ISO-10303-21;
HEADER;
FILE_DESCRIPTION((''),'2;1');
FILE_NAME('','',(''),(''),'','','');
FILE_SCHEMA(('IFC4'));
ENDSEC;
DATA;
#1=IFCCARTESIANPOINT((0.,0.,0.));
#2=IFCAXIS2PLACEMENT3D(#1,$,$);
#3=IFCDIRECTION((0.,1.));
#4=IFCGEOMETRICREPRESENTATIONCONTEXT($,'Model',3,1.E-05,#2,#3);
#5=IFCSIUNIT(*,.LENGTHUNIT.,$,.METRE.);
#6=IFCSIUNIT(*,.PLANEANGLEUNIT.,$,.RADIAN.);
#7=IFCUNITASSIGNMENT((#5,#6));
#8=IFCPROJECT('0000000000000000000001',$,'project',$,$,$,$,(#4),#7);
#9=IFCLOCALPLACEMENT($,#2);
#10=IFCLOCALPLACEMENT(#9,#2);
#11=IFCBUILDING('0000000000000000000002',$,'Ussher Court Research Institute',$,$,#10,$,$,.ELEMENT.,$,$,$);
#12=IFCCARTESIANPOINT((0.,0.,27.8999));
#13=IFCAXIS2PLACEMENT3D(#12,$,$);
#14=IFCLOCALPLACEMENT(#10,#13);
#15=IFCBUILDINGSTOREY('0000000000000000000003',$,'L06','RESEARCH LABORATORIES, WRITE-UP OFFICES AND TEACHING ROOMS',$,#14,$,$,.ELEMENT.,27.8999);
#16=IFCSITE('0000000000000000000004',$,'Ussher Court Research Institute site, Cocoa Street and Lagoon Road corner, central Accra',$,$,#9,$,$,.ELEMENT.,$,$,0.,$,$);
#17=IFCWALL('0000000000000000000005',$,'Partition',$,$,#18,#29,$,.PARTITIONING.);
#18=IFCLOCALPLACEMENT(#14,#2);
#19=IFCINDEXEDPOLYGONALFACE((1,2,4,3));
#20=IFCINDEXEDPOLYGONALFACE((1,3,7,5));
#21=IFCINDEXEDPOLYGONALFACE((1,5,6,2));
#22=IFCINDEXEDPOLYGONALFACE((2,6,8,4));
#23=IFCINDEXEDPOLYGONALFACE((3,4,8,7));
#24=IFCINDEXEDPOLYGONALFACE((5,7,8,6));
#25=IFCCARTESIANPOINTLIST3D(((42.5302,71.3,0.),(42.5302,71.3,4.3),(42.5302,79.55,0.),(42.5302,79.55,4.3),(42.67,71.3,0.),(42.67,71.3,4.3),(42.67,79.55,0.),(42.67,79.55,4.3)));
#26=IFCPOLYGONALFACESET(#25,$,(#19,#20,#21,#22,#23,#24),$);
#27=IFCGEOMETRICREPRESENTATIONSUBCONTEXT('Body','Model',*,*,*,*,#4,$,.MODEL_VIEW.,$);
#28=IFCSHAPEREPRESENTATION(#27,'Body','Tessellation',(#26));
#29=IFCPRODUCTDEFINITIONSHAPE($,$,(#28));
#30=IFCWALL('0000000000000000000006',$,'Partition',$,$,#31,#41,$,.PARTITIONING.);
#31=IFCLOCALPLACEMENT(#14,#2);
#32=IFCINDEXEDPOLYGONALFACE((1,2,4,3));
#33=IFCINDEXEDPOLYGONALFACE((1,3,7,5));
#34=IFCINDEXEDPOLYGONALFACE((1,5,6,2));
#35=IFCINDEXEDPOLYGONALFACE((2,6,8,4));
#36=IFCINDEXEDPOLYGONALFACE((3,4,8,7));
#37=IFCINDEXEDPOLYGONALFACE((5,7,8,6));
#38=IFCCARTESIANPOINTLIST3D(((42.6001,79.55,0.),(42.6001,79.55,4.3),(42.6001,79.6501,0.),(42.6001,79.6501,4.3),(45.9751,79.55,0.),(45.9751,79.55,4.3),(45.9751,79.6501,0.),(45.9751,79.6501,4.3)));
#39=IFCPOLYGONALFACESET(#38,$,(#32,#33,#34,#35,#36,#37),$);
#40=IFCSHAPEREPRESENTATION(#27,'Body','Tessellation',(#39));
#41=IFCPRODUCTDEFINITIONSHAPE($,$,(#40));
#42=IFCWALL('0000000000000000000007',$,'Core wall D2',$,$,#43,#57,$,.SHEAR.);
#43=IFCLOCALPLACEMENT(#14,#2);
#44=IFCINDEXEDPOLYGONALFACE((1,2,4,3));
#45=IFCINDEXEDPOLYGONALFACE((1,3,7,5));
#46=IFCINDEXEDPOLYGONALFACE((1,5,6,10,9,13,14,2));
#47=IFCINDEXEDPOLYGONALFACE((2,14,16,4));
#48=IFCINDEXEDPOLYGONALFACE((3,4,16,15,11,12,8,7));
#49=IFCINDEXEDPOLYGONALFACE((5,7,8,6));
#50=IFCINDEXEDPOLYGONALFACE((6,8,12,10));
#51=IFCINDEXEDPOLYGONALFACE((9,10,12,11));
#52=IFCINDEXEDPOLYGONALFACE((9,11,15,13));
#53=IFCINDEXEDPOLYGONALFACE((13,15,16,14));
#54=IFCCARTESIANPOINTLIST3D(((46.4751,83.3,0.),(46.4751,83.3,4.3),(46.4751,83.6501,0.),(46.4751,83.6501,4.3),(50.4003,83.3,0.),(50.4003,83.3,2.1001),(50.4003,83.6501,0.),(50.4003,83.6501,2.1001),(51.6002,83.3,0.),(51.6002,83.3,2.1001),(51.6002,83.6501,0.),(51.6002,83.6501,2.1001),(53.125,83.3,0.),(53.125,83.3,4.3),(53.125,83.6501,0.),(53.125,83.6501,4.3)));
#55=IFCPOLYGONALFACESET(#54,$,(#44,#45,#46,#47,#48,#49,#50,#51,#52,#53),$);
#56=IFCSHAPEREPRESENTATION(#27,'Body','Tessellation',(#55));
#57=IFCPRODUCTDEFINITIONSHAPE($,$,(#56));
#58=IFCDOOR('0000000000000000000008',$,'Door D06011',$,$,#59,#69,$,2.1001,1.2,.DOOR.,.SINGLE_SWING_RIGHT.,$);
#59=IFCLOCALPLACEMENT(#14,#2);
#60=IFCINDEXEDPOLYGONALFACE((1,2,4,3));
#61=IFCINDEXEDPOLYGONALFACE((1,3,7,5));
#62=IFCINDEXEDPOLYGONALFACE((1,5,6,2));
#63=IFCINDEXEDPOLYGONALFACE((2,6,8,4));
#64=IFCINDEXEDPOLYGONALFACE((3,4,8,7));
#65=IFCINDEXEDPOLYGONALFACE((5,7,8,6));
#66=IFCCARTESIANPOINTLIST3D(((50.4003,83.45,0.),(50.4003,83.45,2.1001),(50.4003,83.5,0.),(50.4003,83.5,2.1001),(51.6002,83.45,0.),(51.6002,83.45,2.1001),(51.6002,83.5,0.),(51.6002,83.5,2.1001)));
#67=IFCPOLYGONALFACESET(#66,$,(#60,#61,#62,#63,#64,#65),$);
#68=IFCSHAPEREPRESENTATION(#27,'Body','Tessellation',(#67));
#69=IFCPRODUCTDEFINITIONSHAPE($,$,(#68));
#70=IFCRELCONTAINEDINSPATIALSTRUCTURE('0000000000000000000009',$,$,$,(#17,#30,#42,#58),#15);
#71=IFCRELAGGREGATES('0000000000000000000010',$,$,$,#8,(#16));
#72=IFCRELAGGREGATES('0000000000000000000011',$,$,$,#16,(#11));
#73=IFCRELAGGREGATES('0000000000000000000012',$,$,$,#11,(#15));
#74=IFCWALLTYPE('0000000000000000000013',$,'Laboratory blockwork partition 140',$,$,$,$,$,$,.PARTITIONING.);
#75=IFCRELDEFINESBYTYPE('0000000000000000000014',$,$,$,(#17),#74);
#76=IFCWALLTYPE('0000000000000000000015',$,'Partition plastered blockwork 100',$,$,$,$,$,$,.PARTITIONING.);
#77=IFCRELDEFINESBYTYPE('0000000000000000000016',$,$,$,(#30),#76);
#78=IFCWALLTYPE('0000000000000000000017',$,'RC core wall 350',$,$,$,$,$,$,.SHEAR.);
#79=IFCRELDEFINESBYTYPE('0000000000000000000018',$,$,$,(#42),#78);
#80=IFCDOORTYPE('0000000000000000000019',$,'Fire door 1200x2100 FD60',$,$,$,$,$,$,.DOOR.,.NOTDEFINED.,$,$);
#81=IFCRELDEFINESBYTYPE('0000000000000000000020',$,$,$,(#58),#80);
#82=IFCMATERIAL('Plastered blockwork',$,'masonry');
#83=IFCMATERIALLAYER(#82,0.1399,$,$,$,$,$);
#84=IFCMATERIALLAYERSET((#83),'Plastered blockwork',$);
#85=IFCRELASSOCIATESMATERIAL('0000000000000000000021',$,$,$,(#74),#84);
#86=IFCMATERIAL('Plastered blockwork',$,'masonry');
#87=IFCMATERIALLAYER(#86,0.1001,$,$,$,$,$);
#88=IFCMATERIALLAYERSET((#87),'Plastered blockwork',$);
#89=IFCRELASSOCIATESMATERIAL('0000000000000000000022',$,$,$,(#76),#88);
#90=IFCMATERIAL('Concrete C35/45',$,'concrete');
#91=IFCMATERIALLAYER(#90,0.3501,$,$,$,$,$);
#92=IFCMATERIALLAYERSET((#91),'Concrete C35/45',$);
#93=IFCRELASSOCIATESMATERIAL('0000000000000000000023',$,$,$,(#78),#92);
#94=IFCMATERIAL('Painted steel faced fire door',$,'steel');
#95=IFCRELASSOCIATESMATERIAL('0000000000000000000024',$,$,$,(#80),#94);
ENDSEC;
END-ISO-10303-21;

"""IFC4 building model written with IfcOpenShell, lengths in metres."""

from ifc_helpers import new_model, si_unit, direction, frame, frame_2d, origin, place, context, subcontext, project, spatial, rectangle, extrude, material, layer, layer_set, type_object, element, fill, save


model = new_model("IFC4")

# Units and contexts
model_context = context("Model", 3, precision=1e-05, world=origin(), true_north=direction((0.0, 1.0)))
body_context = subcontext(model_context, "Body", "Model", "MODEL_VIEW")
ifc_project = project(units=[si_unit("LENGTHUNIT", "METRE"), si_unit("PLANEANGLEUNIT", "RADIAN")], contexts=[model_context])

# Site, building, storey
site_placement = place(None, origin())
site = spatial("IfcSite", under=ifc_project, at=site_placement, Name="Ussher Court Research Institute site, Cocoa Street and Lagoon Road corner, central Accra", CompositionType="ELEMENT", RefElevation=0.0)
building_placement = place(site_placement, origin())
building = spatial("IfcBuilding", under=site, at=building_placement, Name="Ussher Court Research Institute", CompositionType="ELEMENT")
storey_placement = place(building_placement, frame((0.0, 0.0, 27.8999)))
storey = spatial("IfcBuildingStorey", under=building, at=storey_placement, Name="L06", Description="RESEARCH LABORATORIES, WRITE-UP OFFICES AND TEACHING ROOMS", CompositionType="ELEMENT", Elevation=27.8999)

# Walls
ifc_material_1 = material(Name="Plastered blockwork", Category="masonry")
ifc_layer_1 = layer(ifc_material_1, 0.1399)
ifc_layer_set_1 = layer_set([ifc_layer_1], Name="Plastered blockwork")
wall_type_1 = type_object("IfcWallType", Name="Laboratory blockwork partition 140", PredefinedType="PARTITIONING", material=ifc_layer_set_1)
wall_1_placement = place(storey_placement, frame((42.6001, 71.3, 0.0), z_axis=(0.0, 0.0, 1.0), x_axis=(0.0, 1.0, 0.0)))
element("IfcWall", 1, at=wall_1_placement, inside=storey, type_object=wall_type_1, Name="Partition", PredefinedType="PARTITIONING", context=body_context, shape_type="SweptSolid", body=[
    extrude(rectangle(XDim=8.25, YDim=0.1399, at=frame_2d((4.125, 0.0))), origin(), (0.0, 0.0, 1.0), 4.3),
])
ifc_material_2 = material(Name="Plastered blockwork", Category="masonry")
ifc_layer_2 = layer(ifc_material_2, 0.1001)
ifc_layer_set_2 = layer_set([ifc_layer_2], Name="Plastered blockwork")
wall_type_2 = type_object("IfcWallType", Name="Partition plastered blockwork 100", PredefinedType="PARTITIONING", material=ifc_layer_set_2)
wall_2_placement = place(storey_placement, frame((42.6001, 79.6001, 0.0), z_axis=(0.0, 0.0, 1.0), x_axis=(1.0, 0.0, 0.0)))
element("IfcWall", 2, at=wall_2_placement, inside=storey, type_object=wall_type_2, Name="Partition", PredefinedType="PARTITIONING", context=body_context, shape_type="SweptSolid", body=[
    extrude(rectangle(XDim=3.375, YDim=0.1001, at=frame_2d((1.6875, 0.0))), origin(), (0.0, 0.0, 1.0), 4.3),
])

# Wall, opening, door
ifc_material_3 = material(Name="Concrete C35/45", Category="concrete")
ifc_layer_3 = layer(ifc_material_3, 0.3501)
ifc_layer_set_3 = layer_set([ifc_layer_3], Name="Concrete C35/45")
wall_type_3 = type_object("IfcWallType", Name="RC core wall 350", PredefinedType="SHEAR", material=ifc_layer_set_3)
wall_3_placement = place(storey_placement, frame((46.4751, 83.4751, 0.0), z_axis=(0.0, 0.0, 1.0), x_axis=(1.0, 0.0, 0.0)))
wall_3 = element("IfcWall", 3, at=wall_3_placement, inside=storey, type_object=wall_type_3, Name="Core wall D2", PredefinedType="SHEAR", context=body_context, shape_type="SweptSolid", body=[
    extrude(rectangle(XDim=6.6499, YDim=0.3501, at=frame_2d((3.325, 0.0))), origin(), (0.0, 0.0, 1.0), 4.3),
])
opening_placement = place(wall_3_placement, frame((3.925, 0.0, 0.0)))
opening = element("IfcOpeningElement", 4, at=opening_placement, cuts=wall_3, PredefinedType="OPENING", context=body_context, shape_type="SweptSolid", body=[
    extrude(rectangle(XDim=1.2, YDim=2.1001, at=frame_2d((0.6001, 1.05))), frame((0.0, 0.1851, 0.0), z_axis=(0.0, -1.0, 0.0), x_axis=(1.0, 0.0, 0.0)), (0.0, 0.0, 1.0), 0.3701),
])
ifc_material_4 = material(Name="Painted steel faced fire door", Category="steel")
door_type = type_object("IfcDoorType", Name="Fire door 1200x2100 FD60", OperationType="NOTDEFINED", PredefinedType="DOOR", material=ifc_material_4)
door_placement = place(opening_placement, origin())
door = element("IfcDoor", 5, at=door_placement, inside=storey, type_object=door_type, Name="Door D06011", OperationType="SINGLE_SWING_RIGHT", OverallHeight=2.1001, OverallWidth=1.2, PredefinedType="DOOR", context=body_context, shape_type="SweptSolid", body=[
    extrude(rectangle(XDim=1.2, YDim=2.1001, at=frame_2d((0.6001, 1.05))), frame((0.0, 0.0249, 0.0), z_axis=(0.0, -1.0, 0.0), x_axis=(1.0, 0.0, 0.0)), (0.0, 0.0, 1.0), 0.05),
])
fill(opening, door)

save(model, "model.ifc")
